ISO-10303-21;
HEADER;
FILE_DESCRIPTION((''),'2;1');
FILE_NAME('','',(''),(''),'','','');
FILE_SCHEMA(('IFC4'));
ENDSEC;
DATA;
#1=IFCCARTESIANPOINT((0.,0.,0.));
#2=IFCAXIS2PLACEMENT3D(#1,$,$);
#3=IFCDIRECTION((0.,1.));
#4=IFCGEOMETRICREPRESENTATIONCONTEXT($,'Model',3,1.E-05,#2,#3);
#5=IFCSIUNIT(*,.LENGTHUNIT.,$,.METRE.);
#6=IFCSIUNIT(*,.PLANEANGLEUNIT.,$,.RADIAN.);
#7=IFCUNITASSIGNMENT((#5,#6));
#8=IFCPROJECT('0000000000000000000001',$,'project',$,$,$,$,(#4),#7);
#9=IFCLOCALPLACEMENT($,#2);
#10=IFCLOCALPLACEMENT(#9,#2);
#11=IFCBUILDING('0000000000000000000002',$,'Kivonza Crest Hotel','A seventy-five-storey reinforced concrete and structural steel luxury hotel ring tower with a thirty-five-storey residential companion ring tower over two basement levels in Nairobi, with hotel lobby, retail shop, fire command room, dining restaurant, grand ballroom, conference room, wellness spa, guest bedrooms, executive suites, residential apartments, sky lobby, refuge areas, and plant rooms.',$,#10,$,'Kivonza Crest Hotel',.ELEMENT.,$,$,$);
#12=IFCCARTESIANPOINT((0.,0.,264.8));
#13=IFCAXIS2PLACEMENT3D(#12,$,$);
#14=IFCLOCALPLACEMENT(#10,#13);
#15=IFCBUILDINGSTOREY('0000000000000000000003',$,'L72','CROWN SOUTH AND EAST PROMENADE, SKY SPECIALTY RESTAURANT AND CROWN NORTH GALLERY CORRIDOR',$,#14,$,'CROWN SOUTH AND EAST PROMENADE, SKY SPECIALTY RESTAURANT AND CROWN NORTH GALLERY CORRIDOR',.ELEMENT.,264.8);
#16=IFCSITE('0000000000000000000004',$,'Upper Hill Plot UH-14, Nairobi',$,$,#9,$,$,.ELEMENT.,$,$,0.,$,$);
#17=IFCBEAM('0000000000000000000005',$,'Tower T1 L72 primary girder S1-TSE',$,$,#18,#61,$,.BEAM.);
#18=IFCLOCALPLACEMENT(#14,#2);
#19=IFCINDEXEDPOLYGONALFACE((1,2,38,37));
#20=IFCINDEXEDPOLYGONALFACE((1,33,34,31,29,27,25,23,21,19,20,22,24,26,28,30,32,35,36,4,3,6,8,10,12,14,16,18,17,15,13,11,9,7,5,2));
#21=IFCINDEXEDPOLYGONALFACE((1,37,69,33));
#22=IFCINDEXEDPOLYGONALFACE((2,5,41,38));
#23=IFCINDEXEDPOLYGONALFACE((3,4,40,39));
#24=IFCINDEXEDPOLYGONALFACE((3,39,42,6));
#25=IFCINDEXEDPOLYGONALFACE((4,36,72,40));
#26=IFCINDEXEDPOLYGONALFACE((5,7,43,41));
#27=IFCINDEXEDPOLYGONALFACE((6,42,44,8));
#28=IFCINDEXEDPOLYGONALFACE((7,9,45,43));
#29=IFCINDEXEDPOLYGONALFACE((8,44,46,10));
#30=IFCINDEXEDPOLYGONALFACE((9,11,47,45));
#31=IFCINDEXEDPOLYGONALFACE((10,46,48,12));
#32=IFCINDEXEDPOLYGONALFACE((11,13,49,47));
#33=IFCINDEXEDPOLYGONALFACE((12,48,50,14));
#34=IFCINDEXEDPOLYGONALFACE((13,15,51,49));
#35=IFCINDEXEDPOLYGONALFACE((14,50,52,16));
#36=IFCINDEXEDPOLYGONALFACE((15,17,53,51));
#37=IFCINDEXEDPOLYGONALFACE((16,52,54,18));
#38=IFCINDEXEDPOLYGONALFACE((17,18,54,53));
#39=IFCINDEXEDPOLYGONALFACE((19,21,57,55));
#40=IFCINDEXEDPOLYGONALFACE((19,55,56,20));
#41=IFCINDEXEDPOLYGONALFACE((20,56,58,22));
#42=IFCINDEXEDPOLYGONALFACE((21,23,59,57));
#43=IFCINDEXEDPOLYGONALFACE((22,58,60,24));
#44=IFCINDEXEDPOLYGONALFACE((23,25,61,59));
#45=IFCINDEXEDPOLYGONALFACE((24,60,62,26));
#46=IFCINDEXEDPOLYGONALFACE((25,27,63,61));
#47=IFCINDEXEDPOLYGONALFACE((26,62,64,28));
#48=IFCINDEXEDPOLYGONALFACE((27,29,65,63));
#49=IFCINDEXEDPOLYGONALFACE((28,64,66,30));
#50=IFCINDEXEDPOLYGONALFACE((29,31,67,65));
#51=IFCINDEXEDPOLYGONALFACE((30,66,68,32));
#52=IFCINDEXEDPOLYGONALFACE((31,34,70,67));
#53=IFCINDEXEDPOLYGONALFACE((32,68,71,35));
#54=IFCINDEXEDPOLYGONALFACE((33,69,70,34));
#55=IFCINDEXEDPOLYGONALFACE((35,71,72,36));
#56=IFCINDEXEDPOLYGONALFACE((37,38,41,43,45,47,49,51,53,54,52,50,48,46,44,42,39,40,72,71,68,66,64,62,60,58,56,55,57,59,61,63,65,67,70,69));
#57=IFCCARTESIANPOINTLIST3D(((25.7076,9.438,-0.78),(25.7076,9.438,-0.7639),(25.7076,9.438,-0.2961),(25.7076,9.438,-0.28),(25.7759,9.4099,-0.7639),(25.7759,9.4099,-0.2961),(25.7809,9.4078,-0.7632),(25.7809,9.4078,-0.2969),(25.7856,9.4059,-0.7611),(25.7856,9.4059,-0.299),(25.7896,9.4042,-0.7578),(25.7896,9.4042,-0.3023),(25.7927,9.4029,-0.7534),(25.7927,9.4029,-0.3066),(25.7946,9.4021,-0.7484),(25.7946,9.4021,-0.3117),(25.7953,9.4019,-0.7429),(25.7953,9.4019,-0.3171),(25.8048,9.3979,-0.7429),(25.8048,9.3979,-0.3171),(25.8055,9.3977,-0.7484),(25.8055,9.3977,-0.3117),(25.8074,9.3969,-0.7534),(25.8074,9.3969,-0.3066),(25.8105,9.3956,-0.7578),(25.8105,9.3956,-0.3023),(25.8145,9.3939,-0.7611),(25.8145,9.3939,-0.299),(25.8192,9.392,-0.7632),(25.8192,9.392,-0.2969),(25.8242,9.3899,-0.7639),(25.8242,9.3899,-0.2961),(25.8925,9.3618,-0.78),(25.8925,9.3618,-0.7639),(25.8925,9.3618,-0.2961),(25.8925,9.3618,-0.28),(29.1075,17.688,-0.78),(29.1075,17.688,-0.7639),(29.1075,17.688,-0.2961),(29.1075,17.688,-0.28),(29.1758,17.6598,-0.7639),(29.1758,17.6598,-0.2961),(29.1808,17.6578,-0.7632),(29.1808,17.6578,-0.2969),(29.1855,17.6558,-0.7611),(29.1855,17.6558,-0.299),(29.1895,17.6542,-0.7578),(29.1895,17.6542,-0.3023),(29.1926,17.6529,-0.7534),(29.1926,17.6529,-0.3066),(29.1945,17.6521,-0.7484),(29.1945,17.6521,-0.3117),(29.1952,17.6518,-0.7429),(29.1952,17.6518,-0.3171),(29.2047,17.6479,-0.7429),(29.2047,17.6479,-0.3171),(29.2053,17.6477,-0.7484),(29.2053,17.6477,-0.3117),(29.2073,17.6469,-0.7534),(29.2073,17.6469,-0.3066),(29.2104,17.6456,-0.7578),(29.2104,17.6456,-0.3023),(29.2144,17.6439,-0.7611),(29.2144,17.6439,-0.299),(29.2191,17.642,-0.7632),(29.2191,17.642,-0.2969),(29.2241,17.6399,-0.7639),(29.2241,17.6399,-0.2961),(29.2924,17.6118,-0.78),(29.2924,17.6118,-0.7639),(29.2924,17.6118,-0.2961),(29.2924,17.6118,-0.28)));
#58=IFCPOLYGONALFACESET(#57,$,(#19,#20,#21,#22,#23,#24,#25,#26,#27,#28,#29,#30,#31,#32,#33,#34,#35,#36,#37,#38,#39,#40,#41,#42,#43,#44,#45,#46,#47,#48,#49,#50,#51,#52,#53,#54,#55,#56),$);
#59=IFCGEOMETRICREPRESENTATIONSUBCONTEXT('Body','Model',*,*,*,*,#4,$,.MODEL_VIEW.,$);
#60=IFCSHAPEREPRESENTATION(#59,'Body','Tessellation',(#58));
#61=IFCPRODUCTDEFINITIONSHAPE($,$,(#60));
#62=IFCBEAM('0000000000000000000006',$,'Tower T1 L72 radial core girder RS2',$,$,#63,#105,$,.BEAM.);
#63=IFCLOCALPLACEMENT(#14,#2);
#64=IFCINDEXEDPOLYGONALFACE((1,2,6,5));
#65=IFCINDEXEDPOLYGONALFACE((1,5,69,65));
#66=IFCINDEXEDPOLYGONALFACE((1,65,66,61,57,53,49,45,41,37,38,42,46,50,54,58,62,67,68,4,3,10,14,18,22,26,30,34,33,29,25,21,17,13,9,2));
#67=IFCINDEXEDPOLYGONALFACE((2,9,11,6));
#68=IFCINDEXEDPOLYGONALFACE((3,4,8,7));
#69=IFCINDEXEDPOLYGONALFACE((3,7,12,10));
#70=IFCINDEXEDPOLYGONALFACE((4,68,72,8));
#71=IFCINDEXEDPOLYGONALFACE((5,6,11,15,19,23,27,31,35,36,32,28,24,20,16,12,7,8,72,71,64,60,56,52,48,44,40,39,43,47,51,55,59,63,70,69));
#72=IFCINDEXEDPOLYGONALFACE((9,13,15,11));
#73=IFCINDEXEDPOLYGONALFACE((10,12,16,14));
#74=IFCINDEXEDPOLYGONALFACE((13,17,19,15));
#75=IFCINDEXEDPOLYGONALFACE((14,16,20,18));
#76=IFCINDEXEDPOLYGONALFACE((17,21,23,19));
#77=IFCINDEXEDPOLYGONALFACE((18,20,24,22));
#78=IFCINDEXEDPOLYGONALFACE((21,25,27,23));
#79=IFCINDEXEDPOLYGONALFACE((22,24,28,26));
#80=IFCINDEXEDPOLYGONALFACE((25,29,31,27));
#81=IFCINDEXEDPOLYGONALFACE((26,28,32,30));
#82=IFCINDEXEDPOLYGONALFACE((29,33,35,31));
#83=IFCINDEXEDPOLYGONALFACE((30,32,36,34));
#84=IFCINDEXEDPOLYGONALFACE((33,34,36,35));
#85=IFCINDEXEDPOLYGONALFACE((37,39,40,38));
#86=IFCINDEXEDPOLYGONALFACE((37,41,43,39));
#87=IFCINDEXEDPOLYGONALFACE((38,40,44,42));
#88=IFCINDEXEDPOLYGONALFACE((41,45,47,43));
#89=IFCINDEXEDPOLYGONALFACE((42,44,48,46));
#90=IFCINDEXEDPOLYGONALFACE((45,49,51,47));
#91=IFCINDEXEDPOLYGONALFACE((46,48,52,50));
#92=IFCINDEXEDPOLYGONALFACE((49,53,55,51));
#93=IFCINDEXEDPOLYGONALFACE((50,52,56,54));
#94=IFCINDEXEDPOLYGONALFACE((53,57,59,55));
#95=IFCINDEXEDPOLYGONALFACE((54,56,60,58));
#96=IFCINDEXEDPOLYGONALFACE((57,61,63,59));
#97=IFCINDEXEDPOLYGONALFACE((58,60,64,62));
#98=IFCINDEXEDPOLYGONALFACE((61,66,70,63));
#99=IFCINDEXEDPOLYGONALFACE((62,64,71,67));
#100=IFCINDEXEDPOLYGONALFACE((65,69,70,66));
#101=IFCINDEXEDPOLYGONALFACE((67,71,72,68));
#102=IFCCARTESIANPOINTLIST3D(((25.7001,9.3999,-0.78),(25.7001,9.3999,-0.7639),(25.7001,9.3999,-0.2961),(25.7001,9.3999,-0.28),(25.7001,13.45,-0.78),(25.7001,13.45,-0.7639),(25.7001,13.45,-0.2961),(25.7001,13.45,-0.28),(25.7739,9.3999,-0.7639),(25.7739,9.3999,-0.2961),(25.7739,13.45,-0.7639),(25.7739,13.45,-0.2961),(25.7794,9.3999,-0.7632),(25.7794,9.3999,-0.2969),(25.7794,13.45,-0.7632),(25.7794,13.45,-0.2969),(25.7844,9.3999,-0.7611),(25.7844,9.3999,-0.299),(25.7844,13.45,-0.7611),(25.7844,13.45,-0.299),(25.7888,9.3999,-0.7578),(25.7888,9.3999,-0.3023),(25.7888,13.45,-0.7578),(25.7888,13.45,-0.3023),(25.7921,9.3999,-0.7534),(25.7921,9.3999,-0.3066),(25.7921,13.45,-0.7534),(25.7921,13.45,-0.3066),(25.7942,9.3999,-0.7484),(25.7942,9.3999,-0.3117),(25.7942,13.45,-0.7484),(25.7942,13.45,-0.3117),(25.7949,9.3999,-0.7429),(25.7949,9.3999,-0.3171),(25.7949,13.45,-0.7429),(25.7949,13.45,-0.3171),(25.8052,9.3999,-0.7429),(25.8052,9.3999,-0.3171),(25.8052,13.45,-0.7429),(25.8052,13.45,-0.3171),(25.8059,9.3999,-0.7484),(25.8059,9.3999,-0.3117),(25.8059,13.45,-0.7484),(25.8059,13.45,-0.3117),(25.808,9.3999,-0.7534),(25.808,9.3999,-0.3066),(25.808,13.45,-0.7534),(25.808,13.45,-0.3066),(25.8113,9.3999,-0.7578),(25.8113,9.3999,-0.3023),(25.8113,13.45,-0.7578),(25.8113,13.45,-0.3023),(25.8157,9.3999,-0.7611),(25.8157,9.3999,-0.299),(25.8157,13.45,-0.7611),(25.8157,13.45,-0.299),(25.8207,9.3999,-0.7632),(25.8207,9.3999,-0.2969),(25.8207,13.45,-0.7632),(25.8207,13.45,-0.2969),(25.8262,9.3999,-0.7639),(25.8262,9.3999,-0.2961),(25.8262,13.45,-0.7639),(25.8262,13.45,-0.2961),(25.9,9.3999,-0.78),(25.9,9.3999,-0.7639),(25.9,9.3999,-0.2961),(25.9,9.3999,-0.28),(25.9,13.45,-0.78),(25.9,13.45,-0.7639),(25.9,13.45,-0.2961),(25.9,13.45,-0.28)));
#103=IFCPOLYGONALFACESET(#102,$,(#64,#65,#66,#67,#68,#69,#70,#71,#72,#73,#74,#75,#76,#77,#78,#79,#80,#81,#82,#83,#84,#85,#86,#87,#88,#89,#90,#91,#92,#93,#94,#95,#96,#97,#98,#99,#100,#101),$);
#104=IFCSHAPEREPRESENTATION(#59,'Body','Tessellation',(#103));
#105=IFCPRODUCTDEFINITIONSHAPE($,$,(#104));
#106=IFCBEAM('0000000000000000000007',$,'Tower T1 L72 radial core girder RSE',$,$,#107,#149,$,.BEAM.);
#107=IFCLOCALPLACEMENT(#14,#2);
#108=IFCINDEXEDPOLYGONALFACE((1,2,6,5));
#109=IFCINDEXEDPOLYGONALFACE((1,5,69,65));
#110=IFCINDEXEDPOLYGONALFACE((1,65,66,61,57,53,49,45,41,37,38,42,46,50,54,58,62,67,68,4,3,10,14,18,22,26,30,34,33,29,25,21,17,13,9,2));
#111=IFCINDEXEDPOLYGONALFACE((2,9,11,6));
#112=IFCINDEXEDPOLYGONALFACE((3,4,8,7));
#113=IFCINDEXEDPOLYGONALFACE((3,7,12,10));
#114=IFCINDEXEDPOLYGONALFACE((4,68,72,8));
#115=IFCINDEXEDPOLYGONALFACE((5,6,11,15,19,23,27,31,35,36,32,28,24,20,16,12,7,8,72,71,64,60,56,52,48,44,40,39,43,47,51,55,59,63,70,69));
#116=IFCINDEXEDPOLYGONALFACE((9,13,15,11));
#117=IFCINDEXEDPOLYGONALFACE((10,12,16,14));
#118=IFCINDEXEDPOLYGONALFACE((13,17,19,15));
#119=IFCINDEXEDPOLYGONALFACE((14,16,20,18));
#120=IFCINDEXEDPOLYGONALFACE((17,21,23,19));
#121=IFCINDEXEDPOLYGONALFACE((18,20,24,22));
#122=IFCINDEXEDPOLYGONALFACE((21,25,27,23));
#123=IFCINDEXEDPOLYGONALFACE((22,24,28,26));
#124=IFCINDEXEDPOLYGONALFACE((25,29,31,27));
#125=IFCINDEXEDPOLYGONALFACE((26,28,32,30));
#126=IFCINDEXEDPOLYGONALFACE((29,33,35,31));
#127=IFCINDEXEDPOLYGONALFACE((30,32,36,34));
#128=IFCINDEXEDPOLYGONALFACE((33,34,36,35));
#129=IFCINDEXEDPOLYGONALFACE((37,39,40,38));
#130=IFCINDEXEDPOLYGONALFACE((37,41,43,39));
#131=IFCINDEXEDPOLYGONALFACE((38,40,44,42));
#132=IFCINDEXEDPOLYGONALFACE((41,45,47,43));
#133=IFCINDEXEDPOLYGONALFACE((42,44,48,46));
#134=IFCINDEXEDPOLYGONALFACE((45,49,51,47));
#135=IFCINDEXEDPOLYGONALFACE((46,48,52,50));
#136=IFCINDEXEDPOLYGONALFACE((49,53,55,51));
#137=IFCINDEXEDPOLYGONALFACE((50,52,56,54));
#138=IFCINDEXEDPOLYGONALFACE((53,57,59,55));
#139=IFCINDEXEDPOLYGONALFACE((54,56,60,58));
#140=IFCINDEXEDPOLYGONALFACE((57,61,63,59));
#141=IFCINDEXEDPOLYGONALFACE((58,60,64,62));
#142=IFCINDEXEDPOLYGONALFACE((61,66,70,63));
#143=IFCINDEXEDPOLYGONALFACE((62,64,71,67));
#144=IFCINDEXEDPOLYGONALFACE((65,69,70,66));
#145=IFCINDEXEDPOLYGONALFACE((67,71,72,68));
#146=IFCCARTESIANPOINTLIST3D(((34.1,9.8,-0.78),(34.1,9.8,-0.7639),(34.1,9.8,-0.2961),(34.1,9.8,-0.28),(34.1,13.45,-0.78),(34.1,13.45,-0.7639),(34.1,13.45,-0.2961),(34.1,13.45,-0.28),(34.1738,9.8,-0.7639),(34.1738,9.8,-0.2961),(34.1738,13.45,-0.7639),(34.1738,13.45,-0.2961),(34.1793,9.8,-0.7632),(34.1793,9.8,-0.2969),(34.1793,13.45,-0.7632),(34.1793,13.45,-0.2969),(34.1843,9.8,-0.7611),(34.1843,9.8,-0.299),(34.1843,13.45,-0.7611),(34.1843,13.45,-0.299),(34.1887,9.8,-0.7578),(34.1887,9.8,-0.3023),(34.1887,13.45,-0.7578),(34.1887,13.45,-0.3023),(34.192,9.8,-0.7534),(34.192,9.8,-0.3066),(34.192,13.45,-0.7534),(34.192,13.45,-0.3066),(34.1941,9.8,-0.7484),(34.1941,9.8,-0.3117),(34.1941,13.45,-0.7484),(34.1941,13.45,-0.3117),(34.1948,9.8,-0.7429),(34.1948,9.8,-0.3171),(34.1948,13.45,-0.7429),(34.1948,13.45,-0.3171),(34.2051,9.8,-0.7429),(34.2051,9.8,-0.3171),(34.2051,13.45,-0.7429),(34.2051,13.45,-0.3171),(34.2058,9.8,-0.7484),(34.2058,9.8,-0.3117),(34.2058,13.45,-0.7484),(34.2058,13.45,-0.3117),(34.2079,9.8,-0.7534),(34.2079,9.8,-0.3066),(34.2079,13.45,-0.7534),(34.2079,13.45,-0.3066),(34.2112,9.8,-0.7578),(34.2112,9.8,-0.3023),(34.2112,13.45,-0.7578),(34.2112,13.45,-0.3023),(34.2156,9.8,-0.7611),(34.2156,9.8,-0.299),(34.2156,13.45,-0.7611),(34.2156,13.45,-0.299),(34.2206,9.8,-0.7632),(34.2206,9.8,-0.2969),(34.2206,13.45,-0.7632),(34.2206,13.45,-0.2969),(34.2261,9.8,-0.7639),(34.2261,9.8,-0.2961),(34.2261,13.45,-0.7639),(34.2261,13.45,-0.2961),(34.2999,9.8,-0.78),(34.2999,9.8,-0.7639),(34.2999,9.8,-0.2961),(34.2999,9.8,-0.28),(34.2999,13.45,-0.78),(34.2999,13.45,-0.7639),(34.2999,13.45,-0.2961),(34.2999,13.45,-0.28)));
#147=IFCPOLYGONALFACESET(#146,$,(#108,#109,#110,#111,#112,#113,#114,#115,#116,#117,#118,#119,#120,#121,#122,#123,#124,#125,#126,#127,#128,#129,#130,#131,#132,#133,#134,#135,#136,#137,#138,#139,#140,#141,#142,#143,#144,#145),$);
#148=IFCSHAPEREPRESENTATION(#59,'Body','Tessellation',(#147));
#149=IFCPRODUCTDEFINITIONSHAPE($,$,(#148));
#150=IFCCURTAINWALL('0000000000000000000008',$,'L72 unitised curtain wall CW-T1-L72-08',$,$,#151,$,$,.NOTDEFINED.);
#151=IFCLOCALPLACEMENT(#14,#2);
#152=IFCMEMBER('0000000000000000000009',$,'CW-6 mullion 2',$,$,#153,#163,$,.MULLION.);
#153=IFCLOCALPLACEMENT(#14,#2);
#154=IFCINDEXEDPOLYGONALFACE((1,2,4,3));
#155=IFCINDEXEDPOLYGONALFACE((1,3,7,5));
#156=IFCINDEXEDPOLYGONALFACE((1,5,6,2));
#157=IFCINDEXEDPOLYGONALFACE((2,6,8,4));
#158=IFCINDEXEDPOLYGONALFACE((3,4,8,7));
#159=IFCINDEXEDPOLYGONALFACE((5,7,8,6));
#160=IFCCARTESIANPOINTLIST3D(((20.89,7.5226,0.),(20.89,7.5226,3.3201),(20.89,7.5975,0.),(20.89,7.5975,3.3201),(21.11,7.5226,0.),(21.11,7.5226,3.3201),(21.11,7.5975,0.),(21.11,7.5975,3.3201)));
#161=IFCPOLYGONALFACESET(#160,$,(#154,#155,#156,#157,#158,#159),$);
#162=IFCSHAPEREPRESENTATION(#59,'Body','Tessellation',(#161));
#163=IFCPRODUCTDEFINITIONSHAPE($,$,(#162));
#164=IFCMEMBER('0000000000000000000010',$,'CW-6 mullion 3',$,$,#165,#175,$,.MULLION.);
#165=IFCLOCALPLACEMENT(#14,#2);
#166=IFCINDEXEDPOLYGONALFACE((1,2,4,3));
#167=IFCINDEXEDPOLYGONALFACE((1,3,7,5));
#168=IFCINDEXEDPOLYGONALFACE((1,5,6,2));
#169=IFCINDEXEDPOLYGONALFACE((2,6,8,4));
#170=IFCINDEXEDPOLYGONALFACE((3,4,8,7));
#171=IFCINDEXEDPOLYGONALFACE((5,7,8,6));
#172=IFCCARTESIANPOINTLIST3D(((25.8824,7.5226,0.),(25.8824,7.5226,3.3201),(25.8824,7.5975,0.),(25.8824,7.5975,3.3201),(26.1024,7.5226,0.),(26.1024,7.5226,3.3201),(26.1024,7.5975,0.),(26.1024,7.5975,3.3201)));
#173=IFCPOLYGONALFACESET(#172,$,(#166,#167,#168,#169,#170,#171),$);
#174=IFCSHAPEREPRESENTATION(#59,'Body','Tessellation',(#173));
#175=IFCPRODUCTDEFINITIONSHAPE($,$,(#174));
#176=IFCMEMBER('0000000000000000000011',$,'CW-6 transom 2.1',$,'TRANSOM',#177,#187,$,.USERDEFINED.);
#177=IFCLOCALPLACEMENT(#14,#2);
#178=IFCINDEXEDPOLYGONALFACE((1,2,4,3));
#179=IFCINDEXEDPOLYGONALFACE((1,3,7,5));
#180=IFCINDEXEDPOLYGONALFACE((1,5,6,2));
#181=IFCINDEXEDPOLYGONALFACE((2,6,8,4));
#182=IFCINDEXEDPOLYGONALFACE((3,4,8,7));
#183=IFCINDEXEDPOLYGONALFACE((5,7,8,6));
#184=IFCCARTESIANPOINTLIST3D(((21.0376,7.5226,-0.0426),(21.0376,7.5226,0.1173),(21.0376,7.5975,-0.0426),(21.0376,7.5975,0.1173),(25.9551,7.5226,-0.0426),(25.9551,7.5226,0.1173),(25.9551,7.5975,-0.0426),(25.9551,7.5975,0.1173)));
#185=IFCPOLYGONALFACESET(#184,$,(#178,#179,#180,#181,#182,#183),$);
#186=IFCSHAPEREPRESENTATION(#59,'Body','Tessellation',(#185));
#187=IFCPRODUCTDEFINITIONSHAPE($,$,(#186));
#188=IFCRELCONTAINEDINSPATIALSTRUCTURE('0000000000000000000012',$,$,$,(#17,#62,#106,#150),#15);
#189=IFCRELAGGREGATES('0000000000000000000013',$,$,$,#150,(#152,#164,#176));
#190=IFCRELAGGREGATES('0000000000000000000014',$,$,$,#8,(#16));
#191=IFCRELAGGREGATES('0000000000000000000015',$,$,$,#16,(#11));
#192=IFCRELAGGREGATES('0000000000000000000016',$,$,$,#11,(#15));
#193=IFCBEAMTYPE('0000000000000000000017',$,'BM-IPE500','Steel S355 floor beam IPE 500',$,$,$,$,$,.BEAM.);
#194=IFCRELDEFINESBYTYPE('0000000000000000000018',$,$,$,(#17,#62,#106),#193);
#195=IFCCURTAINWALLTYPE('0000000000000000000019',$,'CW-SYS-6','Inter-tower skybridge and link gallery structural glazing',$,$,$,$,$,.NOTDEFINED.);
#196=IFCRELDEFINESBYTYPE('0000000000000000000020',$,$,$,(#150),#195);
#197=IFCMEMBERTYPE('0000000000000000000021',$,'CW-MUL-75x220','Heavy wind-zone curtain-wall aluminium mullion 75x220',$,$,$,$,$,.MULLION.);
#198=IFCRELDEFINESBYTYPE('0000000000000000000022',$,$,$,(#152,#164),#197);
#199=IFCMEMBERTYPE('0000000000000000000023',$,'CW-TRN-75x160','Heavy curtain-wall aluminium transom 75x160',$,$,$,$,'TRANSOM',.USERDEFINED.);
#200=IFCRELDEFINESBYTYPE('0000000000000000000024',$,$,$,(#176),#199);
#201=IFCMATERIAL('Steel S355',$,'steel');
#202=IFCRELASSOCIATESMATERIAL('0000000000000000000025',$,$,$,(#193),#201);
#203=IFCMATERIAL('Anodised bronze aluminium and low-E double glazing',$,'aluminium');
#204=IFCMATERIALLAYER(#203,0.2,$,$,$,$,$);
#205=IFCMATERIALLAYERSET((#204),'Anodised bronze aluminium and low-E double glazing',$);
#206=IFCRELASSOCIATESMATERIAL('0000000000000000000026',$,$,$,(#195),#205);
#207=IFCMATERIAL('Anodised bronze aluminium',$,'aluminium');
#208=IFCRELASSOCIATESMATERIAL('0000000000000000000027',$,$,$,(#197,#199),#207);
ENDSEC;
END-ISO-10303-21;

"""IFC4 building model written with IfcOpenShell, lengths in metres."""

from ifc_helpers import new_model, si_unit, direction, frame, origin, origin_2d, place, context, subcontext, project, spatial, rectangle, i_section, extrude, material, layer, layer_set, material_profile, profile_set, type_object, element, aggregate, save


model = new_model("IFC4")

# Units and contexts
model_context = context("Model", 3, precision=1e-05, world=origin(), true_north=direction((0.0, 1.0)))
body_context = subcontext(model_context, "Body", "Model", "MODEL_VIEW")
ifc_project = project(units=[si_unit("LENGTHUNIT", "METRE"), si_unit("PLANEANGLEUNIT", "RADIAN")], contexts=[model_context])

# Site, building, storey
site_placement = place(None, origin())
site = spatial("IfcSite", under=ifc_project, at=site_placement, Name="Upper Hill Plot UH-14, Nairobi", CompositionType="ELEMENT", RefElevation=0.0)
building_placement = place(site_placement, origin())
building = spatial("IfcBuilding", under=site, at=building_placement, Name="Kivonza Crest Hotel", Description="A seventy-five-storey reinforced concrete and structural steel luxury hotel ring tower with a thirty-five-storey residential companion ring tower over two basement levels in Nairobi, with hotel lobby, retail shop, fire command room, dining restaurant, grand ballroom, conference room, wellness spa, guest bedrooms, executive suites, residential apartments, sky lobby, refuge areas, and plant rooms.", LongName="Kivonza Crest Hotel", CompositionType="ELEMENT")
storey_placement = place(building_placement, frame((0.0, 0.0, 264.8)))
storey = spatial("IfcBuildingStorey", under=building, at=storey_placement, Name="L72", Description="CROWN SOUTH AND EAST PROMENADE, SKY SPECIALTY RESTAURANT AND CROWN NORTH GALLERY CORRIDOR", LongName="CROWN SOUTH AND EAST PROMENADE, SKY SPECIALTY RESTAURANT AND CROWN NORTH GALLERY CORRIDOR", CompositionType="ELEMENT", Elevation=264.8)

# Beams
ifc_material_1 = material(Name="Steel S355", Category="steel")
ifc_material_profile_1 = material_profile(ifc_material_1, i_section(OverallWidth=0.2, OverallDepth=0.5, WebThickness=0.0103, FlangeThickness=0.0161, FilletRadius=0.021, at=origin_2d()), Name="IPE 500")
ifc_profile_set_1 = profile_set([ifc_material_profile_1], Name="Steel S355")
beam_type_1 = type_object("IfcBeamType", Name="BM-IPE500", Description="Steel S355 floor beam IPE 500", PredefinedType="BEAM", material=ifc_profile_set_1)
beam_1_placement = place(storey_placement, frame((25.8, 9.3999, -0.53), z_axis=(0.381022, 0.924566, 0.0), x_axis=(-0.924566, 0.381022, 0.0)))
element("IfcBeam", 1, at=beam_1_placement, inside=storey, type_object=beam_type_1, Name="Tower T1 L72 primary girder S1-TSE", PredefinedType="BEAM", context=body_context, shape_type="SweptSolid", body=[
    extrude(i_section(OverallWidth=0.2, OverallDepth=0.5, WebThickness=0.0103, FlangeThickness=0.0161, FilletRadius=0.021, at=origin_2d()), origin(), (0.0, 0.0, 1.0), 8.9231),
])
beam_2_placement = place(storey_placement, frame((25.8, 9.3999, -0.53), z_axis=(0.0, 1.0, 0.0), x_axis=(-1.0, 0.0, 0.0)))
element("IfcBeam", 2, at=beam_2_placement, inside=storey, type_object=beam_type_1, Name="Tower T1 L72 radial core girder RS2", PredefinedType="BEAM", context=body_context, shape_type="SweptSolid", body=[
    extrude(i_section(OverallWidth=0.2, OverallDepth=0.5, WebThickness=0.0103, FlangeThickness=0.0161, FilletRadius=0.021, at=origin_2d()), origin(), (0.0, 0.0, 1.0), 4.05),
])
beam_3_placement = place(storey_placement, frame((34.2, 9.8, -0.53), z_axis=(0.0, 1.0, 0.0), x_axis=(-1.0, 0.0, 0.0)))
element("IfcBeam", 3, at=beam_3_placement, inside=storey, type_object=beam_type_1, Name="Tower T1 L72 radial core girder RSE", PredefinedType="BEAM", context=body_context, shape_type="SweptSolid", body=[
    extrude(i_section(OverallWidth=0.2, OverallDepth=0.5, WebThickness=0.0103, FlangeThickness=0.0161, FilletRadius=0.021, at=origin_2d()), origin(), (0.0, 0.0, 1.0), 3.6499),
])

# Curtain wall, members
ifc_material_2 = material(Name="Anodised bronze aluminium and low-E double glazing", Category="aluminium")
ifc_layer_1 = layer(ifc_material_2, 0.2)
ifc_layer_set_1 = layer_set([ifc_layer_1], Name="Anodised bronze aluminium and low-E double glazing")
curtain_wall_type = type_object("IfcCurtainWallType", Name="CW-SYS-6", Description="Inter-tower skybridge and link gallery structural glazing", PredefinedType="NOTDEFINED", material=ifc_layer_set_1)
curtain_wall_placement = place(storey_placement, origin())
curtain_wall = element("IfcCurtainWall", 4, at=curtain_wall_placement, inside=storey, type_object=curtain_wall_type, Name="L72 unitised curtain wall CW-T1-L72-08", PredefinedType="NOTDEFINED")
ifc_material_3 = material(Name="Anodised bronze aluminium", Category="aluminium")
ifc_material_profile_2 = material_profile(ifc_material_3, rectangle(XDim=0.075, YDim=0.22, at=origin_2d()), Name="CW-M 75x220")
ifc_profile_set_2 = profile_set([ifc_material_profile_2], Name="Anodised bronze aluminium")
member_type_1 = type_object("IfcMemberType", Name="CW-MUL-75x220", Description="Heavy wind-zone curtain-wall aluminium mullion 75x220", PredefinedType="MULLION", material=ifc_profile_set_2)
member_1_placement = place(storey_placement, frame((21.0, 7.5601, 0.0), z_axis=(0.0, 0.0, 1.0), x_axis=(0.0, 1.0, 0.0)))
member_1 = element("IfcMember", 5, at=member_1_placement, type_object=member_type_1, Name="CW-6 mullion 2", PredefinedType="MULLION", context=body_context, shape_type="SweptSolid", body=[
    extrude(rectangle(XDim=0.075, YDim=0.22, at=origin_2d()), origin(), (0.0, 0.0, 1.0), 3.3201),
])
member_2_placement = place(storey_placement, frame((25.9924, 7.5601, 0.0), z_axis=(0.0, 0.0, 1.0), x_axis=(0.0, 1.0, 0.0)))
member_2 = element("IfcMember", 6, at=member_2_placement, type_object=member_type_1, Name="CW-6 mullion 3", PredefinedType="MULLION", context=body_context, shape_type="SweptSolid", body=[
    extrude(rectangle(XDim=0.075, YDim=0.22, at=origin_2d()), origin(), (0.0, 0.0, 1.0), 3.3201),
])
ifc_material_profile_3 = material_profile(ifc_material_3, rectangle(XDim=0.075, YDim=0.1599, at=origin_2d()), Name="CW-T 75x160")
ifc_profile_set_3 = profile_set([ifc_material_profile_3], Name="Anodised bronze aluminium")
member_type_2 = type_object("IfcMemberType", Name="CW-TRN-75x160", Description="Heavy curtain-wall aluminium transom 75x160", ElementType="TRANSOM", PredefinedType="USERDEFINED", material=ifc_profile_set_3)
member_3_placement = place(storey_placement, frame((21.0376, 7.5601, 0.0374), z_axis=(1.0, 0.0, 0.0), x_axis=(0.0, 1.0, 0.0)))
member_3 = element("IfcMember", 7, at=member_3_placement, type_object=member_type_2, Name="CW-6 transom 2.1", ObjectType="TRANSOM", PredefinedType="USERDEFINED", context=body_context, shape_type="SweptSolid", body=[
    extrude(rectangle(XDim=0.075, YDim=0.1599, at=origin_2d()), origin(), (0.0, 0.0, 1.0), 4.9175),
])
aggregate(curtain_wall, [member_1, member_2, member_3])

save(model, "model.ifc")
